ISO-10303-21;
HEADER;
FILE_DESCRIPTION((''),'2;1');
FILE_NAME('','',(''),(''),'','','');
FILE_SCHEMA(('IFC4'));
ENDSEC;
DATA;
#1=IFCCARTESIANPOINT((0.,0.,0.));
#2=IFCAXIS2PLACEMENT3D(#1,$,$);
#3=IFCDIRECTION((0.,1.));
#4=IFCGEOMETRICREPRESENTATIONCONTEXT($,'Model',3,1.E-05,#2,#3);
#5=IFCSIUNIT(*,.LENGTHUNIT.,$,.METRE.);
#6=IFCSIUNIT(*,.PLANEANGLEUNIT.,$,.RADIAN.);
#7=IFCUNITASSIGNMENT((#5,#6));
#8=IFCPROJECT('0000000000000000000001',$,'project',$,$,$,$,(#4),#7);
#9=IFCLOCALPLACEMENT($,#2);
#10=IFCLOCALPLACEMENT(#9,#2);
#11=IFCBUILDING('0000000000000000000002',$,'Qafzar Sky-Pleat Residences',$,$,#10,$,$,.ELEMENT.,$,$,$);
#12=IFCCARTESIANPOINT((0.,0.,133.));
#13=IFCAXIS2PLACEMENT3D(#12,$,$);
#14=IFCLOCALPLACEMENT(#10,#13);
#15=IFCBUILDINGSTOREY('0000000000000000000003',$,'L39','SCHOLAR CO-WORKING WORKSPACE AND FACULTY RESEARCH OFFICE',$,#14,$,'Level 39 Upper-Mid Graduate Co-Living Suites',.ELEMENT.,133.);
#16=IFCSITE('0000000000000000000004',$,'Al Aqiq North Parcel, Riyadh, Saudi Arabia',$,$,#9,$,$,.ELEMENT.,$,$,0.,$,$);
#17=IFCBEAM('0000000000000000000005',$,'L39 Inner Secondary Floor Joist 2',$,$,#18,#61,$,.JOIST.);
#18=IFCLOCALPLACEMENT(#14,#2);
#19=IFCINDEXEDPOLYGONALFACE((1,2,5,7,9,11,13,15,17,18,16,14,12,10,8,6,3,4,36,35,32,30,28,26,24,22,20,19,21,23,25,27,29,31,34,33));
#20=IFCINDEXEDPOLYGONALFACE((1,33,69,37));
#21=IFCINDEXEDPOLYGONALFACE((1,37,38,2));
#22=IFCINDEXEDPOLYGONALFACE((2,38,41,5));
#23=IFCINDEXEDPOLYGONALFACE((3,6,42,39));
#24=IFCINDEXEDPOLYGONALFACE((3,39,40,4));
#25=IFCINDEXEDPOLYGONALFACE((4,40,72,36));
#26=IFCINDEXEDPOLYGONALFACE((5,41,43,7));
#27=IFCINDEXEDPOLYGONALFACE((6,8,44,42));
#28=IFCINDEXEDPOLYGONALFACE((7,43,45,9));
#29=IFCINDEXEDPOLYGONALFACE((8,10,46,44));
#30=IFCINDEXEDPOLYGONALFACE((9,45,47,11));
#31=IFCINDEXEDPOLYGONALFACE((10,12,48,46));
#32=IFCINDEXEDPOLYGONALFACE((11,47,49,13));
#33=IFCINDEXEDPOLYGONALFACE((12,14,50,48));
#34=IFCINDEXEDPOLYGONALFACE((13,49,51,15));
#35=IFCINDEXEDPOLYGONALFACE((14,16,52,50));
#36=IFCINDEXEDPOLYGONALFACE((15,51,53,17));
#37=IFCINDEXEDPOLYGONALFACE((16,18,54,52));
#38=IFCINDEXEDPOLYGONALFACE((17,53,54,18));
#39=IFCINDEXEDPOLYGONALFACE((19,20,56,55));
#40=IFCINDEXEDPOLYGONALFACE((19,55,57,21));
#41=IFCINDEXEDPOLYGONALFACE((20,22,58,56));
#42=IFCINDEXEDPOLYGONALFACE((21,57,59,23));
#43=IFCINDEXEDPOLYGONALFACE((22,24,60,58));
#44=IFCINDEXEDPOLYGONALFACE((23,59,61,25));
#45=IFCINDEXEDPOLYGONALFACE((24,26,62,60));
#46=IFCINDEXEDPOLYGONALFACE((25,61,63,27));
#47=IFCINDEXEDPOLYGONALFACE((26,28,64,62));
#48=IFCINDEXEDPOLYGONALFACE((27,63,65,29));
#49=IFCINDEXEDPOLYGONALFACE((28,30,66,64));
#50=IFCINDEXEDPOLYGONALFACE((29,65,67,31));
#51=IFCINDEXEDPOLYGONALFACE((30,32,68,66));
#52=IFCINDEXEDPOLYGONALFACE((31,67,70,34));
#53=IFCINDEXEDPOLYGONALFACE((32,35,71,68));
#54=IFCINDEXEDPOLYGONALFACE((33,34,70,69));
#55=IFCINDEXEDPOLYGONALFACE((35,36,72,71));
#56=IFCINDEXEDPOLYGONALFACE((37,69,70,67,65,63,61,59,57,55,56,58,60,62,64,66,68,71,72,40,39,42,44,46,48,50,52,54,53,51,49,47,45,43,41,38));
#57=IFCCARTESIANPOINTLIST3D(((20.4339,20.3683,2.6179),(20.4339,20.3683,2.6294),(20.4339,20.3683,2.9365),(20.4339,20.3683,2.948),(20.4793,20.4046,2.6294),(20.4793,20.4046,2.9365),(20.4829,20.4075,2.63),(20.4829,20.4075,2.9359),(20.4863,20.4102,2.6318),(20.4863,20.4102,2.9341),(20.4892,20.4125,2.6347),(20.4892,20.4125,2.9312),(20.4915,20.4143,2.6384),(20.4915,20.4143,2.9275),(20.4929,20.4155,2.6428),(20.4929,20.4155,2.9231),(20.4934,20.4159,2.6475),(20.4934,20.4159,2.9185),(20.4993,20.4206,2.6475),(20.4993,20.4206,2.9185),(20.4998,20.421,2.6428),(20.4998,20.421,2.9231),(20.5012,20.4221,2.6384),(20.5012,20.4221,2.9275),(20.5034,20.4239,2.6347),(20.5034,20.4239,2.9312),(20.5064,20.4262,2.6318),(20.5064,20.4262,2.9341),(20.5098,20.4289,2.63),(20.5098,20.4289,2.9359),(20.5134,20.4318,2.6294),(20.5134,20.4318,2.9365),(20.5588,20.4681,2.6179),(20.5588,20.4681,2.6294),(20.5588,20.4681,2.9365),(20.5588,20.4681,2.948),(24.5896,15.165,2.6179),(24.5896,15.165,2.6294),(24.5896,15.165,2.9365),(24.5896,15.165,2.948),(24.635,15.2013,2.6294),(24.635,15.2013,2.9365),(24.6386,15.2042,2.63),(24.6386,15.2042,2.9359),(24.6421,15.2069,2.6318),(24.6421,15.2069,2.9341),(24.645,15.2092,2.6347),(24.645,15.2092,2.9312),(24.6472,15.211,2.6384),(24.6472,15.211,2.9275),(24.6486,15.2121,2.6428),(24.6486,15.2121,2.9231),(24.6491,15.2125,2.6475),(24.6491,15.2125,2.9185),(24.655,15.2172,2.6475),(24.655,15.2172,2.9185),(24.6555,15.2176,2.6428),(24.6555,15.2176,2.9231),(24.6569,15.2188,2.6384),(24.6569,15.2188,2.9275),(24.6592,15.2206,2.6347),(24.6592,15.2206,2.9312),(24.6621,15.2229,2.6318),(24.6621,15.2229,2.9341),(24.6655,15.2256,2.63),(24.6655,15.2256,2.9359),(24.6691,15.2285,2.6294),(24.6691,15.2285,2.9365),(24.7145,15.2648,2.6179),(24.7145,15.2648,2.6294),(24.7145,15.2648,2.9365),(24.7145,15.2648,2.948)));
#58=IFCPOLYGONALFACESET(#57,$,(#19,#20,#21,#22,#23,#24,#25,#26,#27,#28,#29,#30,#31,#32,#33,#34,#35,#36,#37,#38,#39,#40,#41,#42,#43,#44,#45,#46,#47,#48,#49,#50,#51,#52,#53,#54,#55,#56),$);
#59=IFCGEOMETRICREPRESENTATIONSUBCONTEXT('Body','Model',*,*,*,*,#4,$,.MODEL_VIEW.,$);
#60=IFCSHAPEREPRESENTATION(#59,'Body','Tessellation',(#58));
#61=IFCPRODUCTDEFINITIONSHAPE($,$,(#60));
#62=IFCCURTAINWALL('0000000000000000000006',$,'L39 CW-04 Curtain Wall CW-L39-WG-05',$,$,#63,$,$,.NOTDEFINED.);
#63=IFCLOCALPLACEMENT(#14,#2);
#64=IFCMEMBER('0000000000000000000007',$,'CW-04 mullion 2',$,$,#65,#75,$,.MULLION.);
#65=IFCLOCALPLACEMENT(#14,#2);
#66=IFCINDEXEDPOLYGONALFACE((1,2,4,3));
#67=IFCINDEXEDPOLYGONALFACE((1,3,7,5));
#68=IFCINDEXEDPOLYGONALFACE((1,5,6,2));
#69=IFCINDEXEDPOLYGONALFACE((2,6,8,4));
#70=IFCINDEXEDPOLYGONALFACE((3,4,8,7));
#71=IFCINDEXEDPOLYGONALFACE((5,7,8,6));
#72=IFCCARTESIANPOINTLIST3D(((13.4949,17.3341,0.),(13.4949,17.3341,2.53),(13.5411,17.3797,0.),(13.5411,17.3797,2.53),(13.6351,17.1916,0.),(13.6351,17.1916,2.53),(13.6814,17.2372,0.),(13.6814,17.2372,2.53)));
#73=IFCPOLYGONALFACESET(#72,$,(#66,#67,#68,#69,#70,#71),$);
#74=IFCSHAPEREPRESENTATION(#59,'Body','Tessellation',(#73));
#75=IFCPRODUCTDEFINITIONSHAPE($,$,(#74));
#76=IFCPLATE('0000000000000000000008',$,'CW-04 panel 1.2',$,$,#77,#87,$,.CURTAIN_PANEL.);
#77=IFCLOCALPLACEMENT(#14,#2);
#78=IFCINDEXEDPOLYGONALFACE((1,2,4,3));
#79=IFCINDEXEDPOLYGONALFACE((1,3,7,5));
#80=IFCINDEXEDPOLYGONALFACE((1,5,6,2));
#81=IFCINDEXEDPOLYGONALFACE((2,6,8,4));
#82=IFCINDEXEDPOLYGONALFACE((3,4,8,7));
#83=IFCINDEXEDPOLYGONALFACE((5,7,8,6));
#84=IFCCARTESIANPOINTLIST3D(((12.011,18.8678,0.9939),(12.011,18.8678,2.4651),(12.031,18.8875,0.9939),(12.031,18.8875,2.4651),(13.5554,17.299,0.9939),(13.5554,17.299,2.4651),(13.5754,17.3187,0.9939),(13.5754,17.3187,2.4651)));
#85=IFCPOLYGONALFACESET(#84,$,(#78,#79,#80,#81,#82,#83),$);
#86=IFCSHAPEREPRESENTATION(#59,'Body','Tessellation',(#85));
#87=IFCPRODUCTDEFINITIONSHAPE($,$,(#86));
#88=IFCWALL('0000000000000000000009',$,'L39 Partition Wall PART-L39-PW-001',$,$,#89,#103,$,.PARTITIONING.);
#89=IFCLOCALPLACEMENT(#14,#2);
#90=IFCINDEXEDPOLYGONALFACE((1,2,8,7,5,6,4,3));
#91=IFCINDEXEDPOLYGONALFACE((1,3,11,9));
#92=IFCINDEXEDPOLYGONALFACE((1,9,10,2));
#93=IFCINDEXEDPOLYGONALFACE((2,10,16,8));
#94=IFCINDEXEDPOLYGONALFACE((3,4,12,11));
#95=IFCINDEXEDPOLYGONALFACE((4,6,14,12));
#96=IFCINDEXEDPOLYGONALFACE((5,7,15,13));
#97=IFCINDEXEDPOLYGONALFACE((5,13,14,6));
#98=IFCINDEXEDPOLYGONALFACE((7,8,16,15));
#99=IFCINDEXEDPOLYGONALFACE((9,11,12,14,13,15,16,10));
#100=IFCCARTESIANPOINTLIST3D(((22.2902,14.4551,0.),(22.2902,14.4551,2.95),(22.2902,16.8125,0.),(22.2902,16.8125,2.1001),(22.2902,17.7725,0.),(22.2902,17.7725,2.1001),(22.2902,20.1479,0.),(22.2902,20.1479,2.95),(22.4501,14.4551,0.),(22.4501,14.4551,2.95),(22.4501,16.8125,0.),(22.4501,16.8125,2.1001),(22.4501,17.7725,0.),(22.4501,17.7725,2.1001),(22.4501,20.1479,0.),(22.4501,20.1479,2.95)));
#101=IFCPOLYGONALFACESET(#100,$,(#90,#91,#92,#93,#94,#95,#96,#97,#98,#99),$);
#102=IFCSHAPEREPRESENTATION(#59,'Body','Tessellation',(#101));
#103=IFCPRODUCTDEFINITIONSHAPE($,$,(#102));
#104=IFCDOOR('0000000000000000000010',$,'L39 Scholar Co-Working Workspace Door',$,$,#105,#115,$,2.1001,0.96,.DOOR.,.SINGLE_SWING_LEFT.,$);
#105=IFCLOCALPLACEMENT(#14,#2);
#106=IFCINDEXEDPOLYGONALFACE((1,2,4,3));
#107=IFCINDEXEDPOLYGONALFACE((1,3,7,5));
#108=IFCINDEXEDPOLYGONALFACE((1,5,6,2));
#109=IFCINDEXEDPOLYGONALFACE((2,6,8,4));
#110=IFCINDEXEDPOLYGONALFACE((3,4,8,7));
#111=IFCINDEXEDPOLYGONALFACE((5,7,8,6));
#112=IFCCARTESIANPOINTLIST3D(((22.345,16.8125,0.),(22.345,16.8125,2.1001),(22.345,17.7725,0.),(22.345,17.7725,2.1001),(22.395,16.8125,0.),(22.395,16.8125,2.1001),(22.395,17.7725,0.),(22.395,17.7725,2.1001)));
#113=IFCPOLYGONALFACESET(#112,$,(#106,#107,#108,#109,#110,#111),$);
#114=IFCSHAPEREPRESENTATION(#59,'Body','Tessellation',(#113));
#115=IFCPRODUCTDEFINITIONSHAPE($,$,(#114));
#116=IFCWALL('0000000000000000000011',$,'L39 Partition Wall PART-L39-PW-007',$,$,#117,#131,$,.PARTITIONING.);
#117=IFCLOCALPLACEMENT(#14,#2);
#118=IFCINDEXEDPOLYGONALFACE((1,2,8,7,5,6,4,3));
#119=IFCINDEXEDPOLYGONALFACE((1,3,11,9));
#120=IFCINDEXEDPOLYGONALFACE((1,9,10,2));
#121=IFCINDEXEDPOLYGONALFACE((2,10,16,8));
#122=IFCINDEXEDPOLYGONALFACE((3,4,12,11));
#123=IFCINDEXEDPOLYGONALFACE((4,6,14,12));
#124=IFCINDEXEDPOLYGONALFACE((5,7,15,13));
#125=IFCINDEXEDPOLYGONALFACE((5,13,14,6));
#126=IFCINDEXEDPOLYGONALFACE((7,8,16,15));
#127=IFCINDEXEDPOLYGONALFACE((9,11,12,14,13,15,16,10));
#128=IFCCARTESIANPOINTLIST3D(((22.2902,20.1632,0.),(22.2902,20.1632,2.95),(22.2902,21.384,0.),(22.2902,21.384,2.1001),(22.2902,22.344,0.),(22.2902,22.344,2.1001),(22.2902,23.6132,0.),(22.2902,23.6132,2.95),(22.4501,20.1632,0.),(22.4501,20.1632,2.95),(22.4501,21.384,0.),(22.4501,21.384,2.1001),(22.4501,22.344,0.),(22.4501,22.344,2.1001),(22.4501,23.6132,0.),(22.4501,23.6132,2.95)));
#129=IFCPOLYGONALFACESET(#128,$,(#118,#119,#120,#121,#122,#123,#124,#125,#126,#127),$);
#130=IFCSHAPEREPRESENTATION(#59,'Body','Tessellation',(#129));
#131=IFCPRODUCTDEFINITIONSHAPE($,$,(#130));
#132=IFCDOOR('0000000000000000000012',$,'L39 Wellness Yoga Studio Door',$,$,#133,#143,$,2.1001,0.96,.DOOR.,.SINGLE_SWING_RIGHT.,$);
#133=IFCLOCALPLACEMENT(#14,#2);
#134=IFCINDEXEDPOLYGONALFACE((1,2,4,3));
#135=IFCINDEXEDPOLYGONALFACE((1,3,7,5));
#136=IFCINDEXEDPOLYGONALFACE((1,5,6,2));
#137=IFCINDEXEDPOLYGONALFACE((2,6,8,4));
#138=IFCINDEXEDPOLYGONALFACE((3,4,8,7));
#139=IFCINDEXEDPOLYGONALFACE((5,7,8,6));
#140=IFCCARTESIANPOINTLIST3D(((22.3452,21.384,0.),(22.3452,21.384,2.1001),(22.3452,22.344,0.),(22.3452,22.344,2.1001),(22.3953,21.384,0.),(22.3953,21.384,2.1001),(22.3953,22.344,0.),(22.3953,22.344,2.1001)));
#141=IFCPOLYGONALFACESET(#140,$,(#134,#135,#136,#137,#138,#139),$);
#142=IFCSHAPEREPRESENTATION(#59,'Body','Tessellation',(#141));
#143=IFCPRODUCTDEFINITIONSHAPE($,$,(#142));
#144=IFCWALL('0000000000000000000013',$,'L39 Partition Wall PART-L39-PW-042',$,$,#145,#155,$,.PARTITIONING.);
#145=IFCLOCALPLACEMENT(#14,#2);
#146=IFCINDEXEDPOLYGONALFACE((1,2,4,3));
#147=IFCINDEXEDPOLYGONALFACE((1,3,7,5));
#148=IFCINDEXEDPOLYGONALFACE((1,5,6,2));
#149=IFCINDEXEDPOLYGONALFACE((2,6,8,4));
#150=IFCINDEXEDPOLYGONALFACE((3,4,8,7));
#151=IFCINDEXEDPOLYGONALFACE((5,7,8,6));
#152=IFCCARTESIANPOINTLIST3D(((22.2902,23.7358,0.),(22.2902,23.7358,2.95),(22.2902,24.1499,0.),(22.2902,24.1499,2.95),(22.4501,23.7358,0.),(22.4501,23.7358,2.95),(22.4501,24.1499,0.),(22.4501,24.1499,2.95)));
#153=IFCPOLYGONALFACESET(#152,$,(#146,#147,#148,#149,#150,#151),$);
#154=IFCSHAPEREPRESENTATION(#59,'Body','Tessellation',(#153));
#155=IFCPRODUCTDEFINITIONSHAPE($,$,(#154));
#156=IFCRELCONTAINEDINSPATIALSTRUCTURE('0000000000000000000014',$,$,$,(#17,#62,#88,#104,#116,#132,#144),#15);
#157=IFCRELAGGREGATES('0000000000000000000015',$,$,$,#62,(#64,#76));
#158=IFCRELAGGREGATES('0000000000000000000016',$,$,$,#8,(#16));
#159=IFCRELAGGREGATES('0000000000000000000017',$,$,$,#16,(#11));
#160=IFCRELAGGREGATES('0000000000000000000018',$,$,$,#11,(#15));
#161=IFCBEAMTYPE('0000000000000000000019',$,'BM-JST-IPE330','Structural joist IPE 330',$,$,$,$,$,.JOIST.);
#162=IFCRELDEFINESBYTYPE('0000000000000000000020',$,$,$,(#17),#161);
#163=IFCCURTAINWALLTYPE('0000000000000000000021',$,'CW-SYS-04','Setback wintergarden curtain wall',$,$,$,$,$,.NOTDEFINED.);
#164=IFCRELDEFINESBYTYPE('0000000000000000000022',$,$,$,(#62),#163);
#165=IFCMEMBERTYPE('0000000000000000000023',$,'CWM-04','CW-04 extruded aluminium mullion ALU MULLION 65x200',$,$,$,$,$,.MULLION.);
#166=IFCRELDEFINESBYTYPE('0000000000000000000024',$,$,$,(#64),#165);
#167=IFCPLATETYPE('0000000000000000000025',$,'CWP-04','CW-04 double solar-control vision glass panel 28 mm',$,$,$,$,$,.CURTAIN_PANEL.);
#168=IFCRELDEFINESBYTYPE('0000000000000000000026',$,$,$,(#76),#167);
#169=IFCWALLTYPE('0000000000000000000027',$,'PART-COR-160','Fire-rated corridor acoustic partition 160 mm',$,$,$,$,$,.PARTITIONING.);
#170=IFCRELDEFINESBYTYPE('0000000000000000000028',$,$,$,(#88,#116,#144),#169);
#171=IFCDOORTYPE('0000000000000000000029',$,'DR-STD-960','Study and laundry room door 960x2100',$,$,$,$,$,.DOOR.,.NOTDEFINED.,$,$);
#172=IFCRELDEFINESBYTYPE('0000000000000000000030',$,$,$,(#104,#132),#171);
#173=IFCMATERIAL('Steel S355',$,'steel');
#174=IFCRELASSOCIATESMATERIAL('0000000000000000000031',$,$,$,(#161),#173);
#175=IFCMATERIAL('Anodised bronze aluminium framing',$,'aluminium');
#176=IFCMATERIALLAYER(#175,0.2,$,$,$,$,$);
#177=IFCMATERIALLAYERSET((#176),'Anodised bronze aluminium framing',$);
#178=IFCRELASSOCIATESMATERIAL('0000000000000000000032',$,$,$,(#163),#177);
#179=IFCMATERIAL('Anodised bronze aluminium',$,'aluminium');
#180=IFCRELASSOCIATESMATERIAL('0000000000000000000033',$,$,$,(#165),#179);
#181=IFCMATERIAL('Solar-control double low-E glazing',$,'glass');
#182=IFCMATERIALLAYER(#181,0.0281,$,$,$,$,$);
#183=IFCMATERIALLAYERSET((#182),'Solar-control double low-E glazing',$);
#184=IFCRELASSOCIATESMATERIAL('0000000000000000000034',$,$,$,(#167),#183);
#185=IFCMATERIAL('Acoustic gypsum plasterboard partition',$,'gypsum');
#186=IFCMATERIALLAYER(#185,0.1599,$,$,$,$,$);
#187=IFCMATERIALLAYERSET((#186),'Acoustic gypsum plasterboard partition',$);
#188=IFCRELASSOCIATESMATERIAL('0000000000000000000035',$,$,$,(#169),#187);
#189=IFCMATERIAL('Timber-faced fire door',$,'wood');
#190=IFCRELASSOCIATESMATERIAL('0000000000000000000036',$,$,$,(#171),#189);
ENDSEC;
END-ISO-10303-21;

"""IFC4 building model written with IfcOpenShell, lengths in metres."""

from ifc_helpers import new_model, si_unit, direction, frame, frame_2d, origin, origin_2d, place, context, subcontext, project, spatial, rectangle, i_section, extrude, source, transform, mapped, material, layer, layer_set, material_profile, profile_set, type_object, element, fill, aggregate, save


model = new_model("IFC4")

# Units and contexts
model_context = context("Model", 3, precision=1e-05, world=origin(), true_north=direction((0.0, 1.0)))
body_context = subcontext(model_context, "Body", "Model", "MODEL_VIEW")
ifc_project = project(units=[si_unit("LENGTHUNIT", "METRE"), si_unit("PLANEANGLEUNIT", "RADIAN")], contexts=[model_context])

# Site, building, storey
site_placement = place(None, origin())
site = spatial("IfcSite", under=ifc_project, at=site_placement, Name="Al Aqiq North Parcel, Riyadh, Saudi Arabia", CompositionType="ELEMENT", RefElevation=0.0)
building_placement = place(site_placement, origin())
building = spatial("IfcBuilding", under=site, at=building_placement, Name="Qafzar Sky-Pleat Residences", CompositionType="ELEMENT")
storey_placement = place(building_placement, frame((0.0, 0.0, 133.0)))
storey = spatial("IfcBuildingStorey", under=building, at=storey_placement, Name="L39", Description="SCHOLAR CO-WORKING WORKSPACE AND FACULTY RESEARCH OFFICE", LongName="Level 39 Upper-Mid Graduate Co-Living Suites", CompositionType="ELEMENT", Elevation=133.0)

# Beam
ifc_material_1 = material(Name="Steel S355", Category="steel")
ifc_material_profile_1 = material_profile(ifc_material_1, i_section(OverallWidth=0.1599, OverallDepth=0.3301, WebThickness=0.0076, FlangeThickness=0.0115, FilletRadius=0.0181, at=origin_2d()), Name="IPE 330")
ifc_profile_set_1 = profile_set([ifc_material_profile_1], Name="Steel S355")
beam_type_1 = type_object("IfcBeamType", Name="BM-JST-IPE330", Description="Structural joist IPE 330", PredefinedType="JOIST", material=ifc_profile_set_1)
shared_shape_1 = source(origin(), body_context, "Body", "SweptSolid", [
    extrude(i_section(OverallWidth=0.1599, OverallDepth=0.3301, WebThickness=0.0076, FlangeThickness=0.0115, FilletRadius=0.0181, at=origin_2d()), origin(), (0.0, 0.0, 1.0), 6.6592),
])
beam_1_placement = place(storey_placement, frame((20.4963, 20.4182, 2.783), z_axis=(0.62406, -0.781376, 0.0), x_axis=(0.781376, 0.62406, 0.0)))
element("IfcBeam", 1, at=beam_1_placement, inside=storey, type_object=beam_type_1, Name="L39 Inner Secondary Floor Joist 2", PredefinedType="JOIST", context=body_context, shape_type="MappedRepresentation", body=[
    mapped(shared_shape_1, transform((0.0, 0.0, 0.0), x_axis=(1.0, 0.0, 0.0), y_axis=(0.0, 1.0, 0.0), z_axis=(0.0, 0.0, 1.0), scale=1.0)),
])

# Curtain wall, member, plate
ifc_material_2 = material(Name="Anodised bronze aluminium framing", Category="aluminium")
ifc_layer_1 = layer(ifc_material_2, 0.2)
ifc_layer_set_1 = layer_set([ifc_layer_1], Name="Anodised bronze aluminium framing")
curtain_wall_type = type_object("IfcCurtainWallType", Name="CW-SYS-04", Description="Setback wintergarden curtain wall", PredefinedType="NOTDEFINED", material=ifc_layer_set_1)
curtain_wall_placement = place(storey_placement, origin())
curtain_wall = element("IfcCurtainWall", 2, at=curtain_wall_placement, inside=storey, type_object=curtain_wall_type, Name="L39 CW-04 Curtain Wall CW-L39-WG-05", PredefinedType="NOTDEFINED")
ifc_material_3 = material(Name="Anodised bronze aluminium", Category="aluminium")
ifc_material_profile_2 = material_profile(ifc_material_3, rectangle(XDim=0.0649, YDim=0.2, at=origin_2d()), Name="ALU MULLION 65x200")
ifc_profile_set_2 = profile_set([ifc_material_profile_2], Name="Anodised bronze aluminium")
member_type = type_object("IfcMemberType", Name="CWM-04", Description="CW-04 extruded aluminium mullion ALU MULLION 65x200", PredefinedType="MULLION", material=ifc_profile_set_2)
shared_shape_2 = source(origin(), body_context, "Body", "SweptSolid", [
    extrude(rectangle(XDim=0.0649, YDim=0.2, at=origin_2d()), origin(), (0.0, 0.0, 1.0), 2.53),
])
member_placement = place(storey_placement, frame((13.5881, 17.2856, 0.0), z_axis=(0.0, 0.0, 1.0), x_axis=(0.712618, 0.701552, 0.0)))
member = element("IfcMember", 3, at=member_placement, type_object=member_type, Name="CW-04 mullion 2", PredefinedType="MULLION", context=body_context, shape_type="MappedRepresentation", body=[
    mapped(shared_shape_2, transform((0.0, 0.0, 0.0), x_axis=(1.0, 0.0, 0.0), y_axis=(0.0, 1.0, 0.0), z_axis=(0.0, 0.0, 1.0), scale=1.0)),
])
ifc_material_4 = material(Name="Solar-control double low-E glazing", Category="glass")
ifc_layer_2 = layer(ifc_material_4, 0.0281)
ifc_layer_set_2 = layer_set([ifc_layer_2], Name="Solar-control double low-E glazing")
plate_type = type_object("IfcPlateType", Name="CWP-04", Description="CW-04 double solar-control vision glass panel 28 mm", PredefinedType="CURTAIN_PANEL", material=ifc_layer_set_2)
shared_shape_3 = source(origin(), body_context, "Body", "SweptSolid", [
    extrude(rectangle(XDim=2.2014, YDim=0.0281, at=origin_2d()), origin(), (0.0, 0.0, 1.0), 1.4712),
])
plate_placement = place(storey_placement, frame((12.7932, 18.0933, 0.9939), z_axis=(0.0, 0.0, 1.0), x_axis=(0.701552, -0.712618, 0.0)))
plate = element("IfcPlate", 4, at=plate_placement, type_object=plate_type, Name="CW-04 panel 1.2", PredefinedType="CURTAIN_PANEL", context=body_context, shape_type="MappedRepresentation", body=[
    mapped(shared_shape_3, transform((0.0, 0.0, 0.0), x_axis=(1.0, 0.0, 0.0), y_axis=(0.0, 1.0, 0.0), z_axis=(0.0, 0.0, 1.0), scale=1.0)),
])
aggregate(curtain_wall, [member, plate])

# Walls, openings, doors
ifc_material_5 = material(Name="Acoustic gypsum plasterboard partition", Category="gypsum")
ifc_layer_3 = layer(ifc_material_5, 0.1599)
ifc_layer_set_3 = layer_set([ifc_layer_3], Name="Acoustic gypsum plasterboard partition")
wall_type_1 = type_object("IfcWallType", Name="PART-COR-160", Description="Fire-rated corridor acoustic partition 160 mm", PredefinedType="PARTITIONING", material=ifc_layer_set_3)
wall_1_placement = place(storey_placement, frame((22.3701, 20.1479, 0.0), z_axis=(0.0, 0.0, 1.0), x_axis=(0.0, -1.0, 0.0)))
wall_1 = element("IfcWall", 5, at=wall_1_placement, inside=storey, type_object=wall_type_1, Name="L39 Partition Wall PART-L39-PW-001", PredefinedType="PARTITIONING", context=body_context, shape_type="SweptSolid", body=[
    extrude(rectangle(XDim=5.6929, YDim=0.1599, at=frame_2d((2.8464, 0.0))), origin(), (0.0, 0.0, 1.0), 2.95),
])
opening_1_placement = place(wall_1_placement, frame((2.3755, 0.0, 0.0)))
opening_1 = element("IfcOpeningElement", 6, at=opening_1_placement, cuts=wall_1, PredefinedType="OPENING", context=body_context, shape_type="SweptSolid", body=[
    extrude(rectangle(XDim=0.96, YDim=2.1001, at=frame_2d((0.48, 1.05))), frame((0.0, 0.0898, 0.0), z_axis=(0.0, -1.0, 0.0), x_axis=(1.0, 0.0, 0.0)), (0.0, 0.0, 1.0), 0.1799),
])
ifc_material_6 = material(Name="Timber-faced fire door", Category="wood")
door_type_1 = type_object("IfcDoorType", Name="DR-STD-960", Description="Study and laundry room door 960x2100", OperationType="NOTDEFINED", PredefinedType="DOOR", material=ifc_material_6)
shared_shape_4 = source(origin(), body_context, "Body", "SweptSolid", [
    extrude(rectangle(XDim=0.96, YDim=2.1001, at=frame_2d((0.48, 1.05))), frame((0.0, 0.0249, 0.0), z_axis=(0.0, -1.0, 0.0), x_axis=(1.0, 0.0, 0.0)), (0.0, 0.0, 1.0), 0.05),
])
door_1_placement = place(opening_1_placement, origin())
door_1 = element("IfcDoor", 7, at=door_1_placement, inside=storey, type_object=door_type_1, Name="L39 Scholar Co-Working Workspace Door", OperationType="SINGLE_SWING_LEFT", OverallHeight=2.1001, OverallWidth=0.96, PredefinedType="DOOR", context=body_context, shape_type="MappedRepresentation", body=[
    mapped(shared_shape_4, transform((0.0, 0.0, 0.0), x_axis=(1.0, 0.0, 0.0), y_axis=(0.0, 1.0, 0.0), z_axis=(0.0, 0.0, 1.0), scale=1.0)),
])
fill(opening_1, door_1)
wall_2_placement = place(storey_placement, frame((22.3701, 20.1631, 0.0), z_axis=(0.0, 0.0, 1.0), x_axis=(0.0, 1.0, 0.0)))
wall_2 = element("IfcWall", 8, at=wall_2_placement, inside=storey, type_object=wall_type_1, Name="L39 Partition Wall PART-L39-PW-007", PredefinedType="PARTITIONING", context=body_context, shape_type="SweptSolid", body=[
    extrude(rectangle(XDim=3.45, YDim=0.1599, at=frame_2d((1.7251, 0.0))), origin(), (0.0, 0.0, 1.0), 2.95),
])
opening_2_placement = place(wall_2_placement, frame((1.2209, 0.0, 0.0)))
opening_2 = element("IfcOpeningElement", 9, at=opening_2_placement, cuts=wall_2, PredefinedType="OPENING", context=body_context, shape_type="SweptSolid", body=[
    extrude(rectangle(XDim=0.96, YDim=2.1001, at=frame_2d((0.48, 1.05))), frame((0.0, 0.0898, 0.0), z_axis=(0.0, -1.0, 0.0), x_axis=(1.0, 0.0, 0.0)), (0.0, 0.0, 1.0), 0.1799),
])
door_2_placement = place(opening_2_placement, origin())
door_2 = element("IfcDoor", 10, at=door_2_placement, inside=storey, type_object=door_type_1, Name="L39 Wellness Yoga Studio Door", OperationType="SINGLE_SWING_RIGHT", OverallHeight=2.1001, OverallWidth=0.96, PredefinedType="DOOR", context=body_context, shape_type="MappedRepresentation", body=[
    mapped(shared_shape_4, transform((0.0, 0.0, 0.0), x_axis=(1.0, 0.0, 0.0), y_axis=(0.0, 1.0, 0.0), z_axis=(0.0, 0.0, 1.0), scale=1.0)),
])
fill(opening_2, door_2)

# Wall
wall_3_placement = place(storey_placement, frame((22.3701, 23.7358, 0.0), z_axis=(0.0, 0.0, 1.0), x_axis=(0.0, 1.0, 0.0)))
element("IfcWall", 11, at=wall_3_placement, inside=storey, type_object=wall_type_1, Name="L39 Partition Wall PART-L39-PW-042", PredefinedType="PARTITIONING", context=body_context, shape_type="SweptSolid", body=[
    extrude(rectangle(XDim=0.4141, YDim=0.1599, at=frame_2d((0.207, 0.0))), origin(), (0.0, 0.0, 1.0), 2.95),
])

save(model, "model.ifc")
